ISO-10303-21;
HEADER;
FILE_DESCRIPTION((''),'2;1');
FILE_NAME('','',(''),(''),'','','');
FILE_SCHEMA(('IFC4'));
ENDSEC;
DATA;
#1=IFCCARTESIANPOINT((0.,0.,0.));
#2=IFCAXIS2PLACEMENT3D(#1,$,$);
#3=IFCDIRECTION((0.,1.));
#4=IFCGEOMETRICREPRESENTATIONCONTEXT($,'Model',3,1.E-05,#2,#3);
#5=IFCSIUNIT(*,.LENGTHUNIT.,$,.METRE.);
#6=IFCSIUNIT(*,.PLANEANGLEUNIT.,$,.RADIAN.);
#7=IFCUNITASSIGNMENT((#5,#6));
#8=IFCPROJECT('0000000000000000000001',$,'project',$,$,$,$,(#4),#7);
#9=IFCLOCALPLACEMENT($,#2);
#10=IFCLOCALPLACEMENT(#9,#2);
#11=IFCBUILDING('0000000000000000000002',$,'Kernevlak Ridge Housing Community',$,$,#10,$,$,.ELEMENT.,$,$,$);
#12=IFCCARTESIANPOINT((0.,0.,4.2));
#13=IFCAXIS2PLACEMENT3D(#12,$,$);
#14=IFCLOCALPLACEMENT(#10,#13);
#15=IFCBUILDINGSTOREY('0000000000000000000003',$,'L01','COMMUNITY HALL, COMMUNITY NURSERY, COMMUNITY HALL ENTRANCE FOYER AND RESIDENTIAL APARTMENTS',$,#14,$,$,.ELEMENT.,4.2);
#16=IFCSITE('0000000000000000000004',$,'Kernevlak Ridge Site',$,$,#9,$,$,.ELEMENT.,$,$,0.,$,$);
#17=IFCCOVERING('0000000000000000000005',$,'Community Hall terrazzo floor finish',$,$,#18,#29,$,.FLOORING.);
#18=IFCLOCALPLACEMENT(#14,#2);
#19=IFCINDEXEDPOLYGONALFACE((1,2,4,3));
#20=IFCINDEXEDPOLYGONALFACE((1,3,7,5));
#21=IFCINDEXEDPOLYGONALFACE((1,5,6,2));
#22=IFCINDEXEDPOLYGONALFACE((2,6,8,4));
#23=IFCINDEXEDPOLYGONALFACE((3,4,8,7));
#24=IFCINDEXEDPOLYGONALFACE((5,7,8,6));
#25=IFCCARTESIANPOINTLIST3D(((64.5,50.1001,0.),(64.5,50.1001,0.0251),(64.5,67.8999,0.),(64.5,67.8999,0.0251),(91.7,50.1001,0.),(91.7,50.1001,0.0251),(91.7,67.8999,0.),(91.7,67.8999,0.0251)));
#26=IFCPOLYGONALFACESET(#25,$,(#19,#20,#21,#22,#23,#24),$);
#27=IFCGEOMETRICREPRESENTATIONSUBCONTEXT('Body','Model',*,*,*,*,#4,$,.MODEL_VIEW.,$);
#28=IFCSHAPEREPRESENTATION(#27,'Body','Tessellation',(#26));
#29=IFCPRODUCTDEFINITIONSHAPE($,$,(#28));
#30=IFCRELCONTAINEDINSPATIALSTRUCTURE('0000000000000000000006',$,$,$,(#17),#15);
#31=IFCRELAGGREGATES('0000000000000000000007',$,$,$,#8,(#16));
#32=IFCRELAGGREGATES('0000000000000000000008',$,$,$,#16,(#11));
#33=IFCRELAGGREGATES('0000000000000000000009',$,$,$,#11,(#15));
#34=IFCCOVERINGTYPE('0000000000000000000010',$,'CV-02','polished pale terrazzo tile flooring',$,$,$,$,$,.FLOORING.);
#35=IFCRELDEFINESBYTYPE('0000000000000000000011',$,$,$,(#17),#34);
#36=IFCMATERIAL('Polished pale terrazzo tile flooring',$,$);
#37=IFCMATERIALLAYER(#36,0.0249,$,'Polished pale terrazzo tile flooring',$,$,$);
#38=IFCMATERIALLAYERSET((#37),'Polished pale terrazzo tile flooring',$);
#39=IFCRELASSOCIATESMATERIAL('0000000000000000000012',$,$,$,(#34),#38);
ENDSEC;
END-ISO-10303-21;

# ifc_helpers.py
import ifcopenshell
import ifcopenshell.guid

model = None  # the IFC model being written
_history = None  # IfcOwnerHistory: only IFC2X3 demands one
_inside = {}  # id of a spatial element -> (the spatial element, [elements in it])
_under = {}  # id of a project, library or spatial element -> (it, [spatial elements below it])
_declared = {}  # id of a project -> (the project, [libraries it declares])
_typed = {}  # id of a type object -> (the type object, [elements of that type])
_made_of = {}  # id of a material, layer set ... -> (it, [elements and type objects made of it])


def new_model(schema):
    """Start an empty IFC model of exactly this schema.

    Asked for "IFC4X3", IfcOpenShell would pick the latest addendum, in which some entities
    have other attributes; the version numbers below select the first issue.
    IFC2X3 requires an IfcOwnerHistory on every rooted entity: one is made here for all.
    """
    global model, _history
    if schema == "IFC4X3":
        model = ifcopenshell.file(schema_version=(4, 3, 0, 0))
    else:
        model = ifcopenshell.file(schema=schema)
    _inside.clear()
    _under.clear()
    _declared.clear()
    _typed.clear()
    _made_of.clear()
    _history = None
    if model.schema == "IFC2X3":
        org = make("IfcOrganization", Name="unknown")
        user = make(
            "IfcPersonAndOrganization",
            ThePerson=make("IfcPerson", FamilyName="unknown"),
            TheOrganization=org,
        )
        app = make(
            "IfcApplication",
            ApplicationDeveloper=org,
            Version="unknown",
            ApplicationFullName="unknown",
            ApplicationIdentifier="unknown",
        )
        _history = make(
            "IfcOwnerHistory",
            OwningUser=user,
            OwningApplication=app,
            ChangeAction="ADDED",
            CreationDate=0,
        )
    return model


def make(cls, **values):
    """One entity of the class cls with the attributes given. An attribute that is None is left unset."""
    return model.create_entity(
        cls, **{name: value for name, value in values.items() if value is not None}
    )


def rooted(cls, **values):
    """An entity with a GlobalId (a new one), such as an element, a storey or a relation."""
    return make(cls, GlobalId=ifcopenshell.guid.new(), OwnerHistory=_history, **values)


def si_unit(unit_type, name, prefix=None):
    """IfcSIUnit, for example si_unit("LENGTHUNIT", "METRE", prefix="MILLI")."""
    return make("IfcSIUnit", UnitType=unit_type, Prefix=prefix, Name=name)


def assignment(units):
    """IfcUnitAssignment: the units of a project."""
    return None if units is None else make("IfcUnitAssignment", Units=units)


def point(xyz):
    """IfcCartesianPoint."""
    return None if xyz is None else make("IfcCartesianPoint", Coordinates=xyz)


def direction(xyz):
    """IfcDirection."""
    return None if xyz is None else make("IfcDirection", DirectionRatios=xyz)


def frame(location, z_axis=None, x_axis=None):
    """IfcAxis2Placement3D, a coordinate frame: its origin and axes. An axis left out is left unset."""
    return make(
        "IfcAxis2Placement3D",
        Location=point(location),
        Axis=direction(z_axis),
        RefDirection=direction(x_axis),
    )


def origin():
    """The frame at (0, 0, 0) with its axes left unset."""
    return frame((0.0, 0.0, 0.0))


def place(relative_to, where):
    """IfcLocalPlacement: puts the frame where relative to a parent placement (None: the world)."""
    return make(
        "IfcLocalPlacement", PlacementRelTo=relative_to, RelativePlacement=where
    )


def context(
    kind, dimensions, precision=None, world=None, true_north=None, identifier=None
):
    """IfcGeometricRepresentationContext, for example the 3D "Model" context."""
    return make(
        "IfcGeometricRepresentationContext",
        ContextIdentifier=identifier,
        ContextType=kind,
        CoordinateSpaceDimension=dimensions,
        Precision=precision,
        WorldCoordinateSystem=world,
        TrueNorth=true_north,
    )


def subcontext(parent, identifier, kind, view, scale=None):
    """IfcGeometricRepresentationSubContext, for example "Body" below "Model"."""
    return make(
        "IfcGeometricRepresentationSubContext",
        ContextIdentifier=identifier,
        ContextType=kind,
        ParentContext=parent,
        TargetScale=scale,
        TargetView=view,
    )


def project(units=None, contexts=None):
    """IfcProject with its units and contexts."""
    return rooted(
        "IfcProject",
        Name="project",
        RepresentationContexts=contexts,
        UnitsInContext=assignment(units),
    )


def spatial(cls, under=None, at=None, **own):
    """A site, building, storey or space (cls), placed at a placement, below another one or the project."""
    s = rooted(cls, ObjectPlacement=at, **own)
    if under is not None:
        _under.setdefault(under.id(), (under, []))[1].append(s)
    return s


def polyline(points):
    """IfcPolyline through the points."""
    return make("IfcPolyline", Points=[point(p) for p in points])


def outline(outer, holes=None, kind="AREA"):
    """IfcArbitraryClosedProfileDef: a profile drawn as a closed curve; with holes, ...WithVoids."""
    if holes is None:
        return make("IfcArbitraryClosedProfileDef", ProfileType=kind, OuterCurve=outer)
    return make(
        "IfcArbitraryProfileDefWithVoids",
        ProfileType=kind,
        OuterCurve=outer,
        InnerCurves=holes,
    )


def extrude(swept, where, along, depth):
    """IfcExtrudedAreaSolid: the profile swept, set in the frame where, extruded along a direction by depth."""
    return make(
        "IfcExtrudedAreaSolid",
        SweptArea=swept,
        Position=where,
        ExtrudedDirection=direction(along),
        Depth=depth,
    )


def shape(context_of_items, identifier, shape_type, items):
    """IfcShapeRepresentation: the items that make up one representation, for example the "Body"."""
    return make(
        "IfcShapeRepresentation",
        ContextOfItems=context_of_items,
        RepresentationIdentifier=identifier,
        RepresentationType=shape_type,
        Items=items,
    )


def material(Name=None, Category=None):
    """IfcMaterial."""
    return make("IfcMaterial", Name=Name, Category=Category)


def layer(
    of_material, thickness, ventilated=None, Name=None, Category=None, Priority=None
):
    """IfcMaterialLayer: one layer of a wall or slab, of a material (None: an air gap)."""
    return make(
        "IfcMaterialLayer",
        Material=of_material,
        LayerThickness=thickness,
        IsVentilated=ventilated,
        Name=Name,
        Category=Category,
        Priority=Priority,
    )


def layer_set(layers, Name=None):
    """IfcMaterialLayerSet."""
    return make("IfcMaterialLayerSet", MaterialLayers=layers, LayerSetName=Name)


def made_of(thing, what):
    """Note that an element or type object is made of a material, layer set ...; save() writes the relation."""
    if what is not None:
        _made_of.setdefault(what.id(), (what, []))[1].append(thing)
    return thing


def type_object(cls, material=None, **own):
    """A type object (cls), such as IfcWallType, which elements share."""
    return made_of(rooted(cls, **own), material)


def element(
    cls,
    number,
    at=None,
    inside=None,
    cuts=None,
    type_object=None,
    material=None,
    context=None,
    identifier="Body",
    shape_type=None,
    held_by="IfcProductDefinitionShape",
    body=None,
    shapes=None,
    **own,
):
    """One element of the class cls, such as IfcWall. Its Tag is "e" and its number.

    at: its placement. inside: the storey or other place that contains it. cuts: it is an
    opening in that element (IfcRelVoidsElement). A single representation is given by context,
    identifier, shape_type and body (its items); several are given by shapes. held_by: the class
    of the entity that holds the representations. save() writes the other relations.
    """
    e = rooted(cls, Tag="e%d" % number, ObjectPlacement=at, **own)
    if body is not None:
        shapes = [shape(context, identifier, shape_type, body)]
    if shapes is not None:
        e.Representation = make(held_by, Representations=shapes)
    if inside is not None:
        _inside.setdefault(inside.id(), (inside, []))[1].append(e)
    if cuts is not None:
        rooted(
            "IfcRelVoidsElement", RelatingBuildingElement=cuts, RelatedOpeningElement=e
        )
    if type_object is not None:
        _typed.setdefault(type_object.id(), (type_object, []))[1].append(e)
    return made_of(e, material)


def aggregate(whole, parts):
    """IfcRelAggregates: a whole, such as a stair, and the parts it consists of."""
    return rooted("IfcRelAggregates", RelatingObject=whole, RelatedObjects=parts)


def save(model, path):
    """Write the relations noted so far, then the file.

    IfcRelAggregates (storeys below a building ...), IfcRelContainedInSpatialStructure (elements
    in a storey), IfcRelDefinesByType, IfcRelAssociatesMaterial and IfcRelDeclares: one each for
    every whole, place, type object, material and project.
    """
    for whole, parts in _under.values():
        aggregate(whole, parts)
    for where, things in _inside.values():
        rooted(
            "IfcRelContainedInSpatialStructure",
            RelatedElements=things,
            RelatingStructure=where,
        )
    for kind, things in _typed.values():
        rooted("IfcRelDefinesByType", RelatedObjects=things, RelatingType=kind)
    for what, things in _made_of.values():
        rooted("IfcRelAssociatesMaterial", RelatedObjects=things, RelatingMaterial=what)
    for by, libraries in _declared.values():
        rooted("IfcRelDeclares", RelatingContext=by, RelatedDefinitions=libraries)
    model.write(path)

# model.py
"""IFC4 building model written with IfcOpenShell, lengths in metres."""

from ifc_helpers import new_model, si_unit, direction, frame, origin, place, context, subcontext, project, spatial, polyline, outline, extrude, material, layer, layer_set, type_object, element, save


model = new_model("IFC4")

# Units and contexts
model_context = context("Model", 3, precision=1e-05, world=origin(), true_north=direction((0.0, 1.0)))
body_context = subcontext(model_context, "Body", "Model", "MODEL_VIEW")
ifc_project = project(units=[si_unit("LENGTHUNIT", "METRE"), si_unit("PLANEANGLEUNIT", "RADIAN")], contexts=[model_context])

# Site, building, storey
site_placement = place(None, origin())
site = spatial("IfcSite", under=ifc_project, at=site_placement, Name="Kernevlak Ridge Site", CompositionType="ELEMENT", RefElevation=0.0)
building_placement = place(site_placement, origin())
building = spatial("IfcBuilding", under=site, at=building_placement, Name="Kernevlak Ridge Housing Community", CompositionType="ELEMENT")
storey_placement = place(building_placement, frame((0.0, 0.0, 4.2)))
storey = spatial("IfcBuildingStorey", under=building, at=storey_placement, Name="L01", Description="COMMUNITY HALL, COMMUNITY NURSERY, COMMUNITY HALL ENTRANCE FOYER AND RESIDENTIAL APARTMENTS", CompositionType="ELEMENT", Elevation=4.2)

# Covering
ifc_material_1 = material(Name="Polished pale terrazzo tile flooring")
ifc_layer_1 = layer(ifc_material_1, 0.0249, Name="Polished pale terrazzo tile flooring")
ifc_layer_set_1 = layer_set([ifc_layer_1], Name="Polished pale terrazzo tile flooring")
covering_type = type_object("IfcCoveringType", Name="CV-02", Description="polished pale terrazzo tile flooring", PredefinedType="FLOORING", material=ifc_layer_set_1)
covering_placement = place(storey_placement, origin())
element("IfcCovering", 1, at=covering_placement, inside=storey, type_object=covering_type, Name="Community Hall terrazzo floor finish", PredefinedType="FLOORING", context=body_context, shape_type="SweptSolid", body=[
    extrude(outline(polyline([(64.5, 50.1001), (91.7, 50.1001), (91.7, 67.8999), (64.5, 67.8999), (64.5, 50.1001)])), origin(), (0.0, 0.0, 1.0), 0.0251),
])

save(model, "model.ifc")
